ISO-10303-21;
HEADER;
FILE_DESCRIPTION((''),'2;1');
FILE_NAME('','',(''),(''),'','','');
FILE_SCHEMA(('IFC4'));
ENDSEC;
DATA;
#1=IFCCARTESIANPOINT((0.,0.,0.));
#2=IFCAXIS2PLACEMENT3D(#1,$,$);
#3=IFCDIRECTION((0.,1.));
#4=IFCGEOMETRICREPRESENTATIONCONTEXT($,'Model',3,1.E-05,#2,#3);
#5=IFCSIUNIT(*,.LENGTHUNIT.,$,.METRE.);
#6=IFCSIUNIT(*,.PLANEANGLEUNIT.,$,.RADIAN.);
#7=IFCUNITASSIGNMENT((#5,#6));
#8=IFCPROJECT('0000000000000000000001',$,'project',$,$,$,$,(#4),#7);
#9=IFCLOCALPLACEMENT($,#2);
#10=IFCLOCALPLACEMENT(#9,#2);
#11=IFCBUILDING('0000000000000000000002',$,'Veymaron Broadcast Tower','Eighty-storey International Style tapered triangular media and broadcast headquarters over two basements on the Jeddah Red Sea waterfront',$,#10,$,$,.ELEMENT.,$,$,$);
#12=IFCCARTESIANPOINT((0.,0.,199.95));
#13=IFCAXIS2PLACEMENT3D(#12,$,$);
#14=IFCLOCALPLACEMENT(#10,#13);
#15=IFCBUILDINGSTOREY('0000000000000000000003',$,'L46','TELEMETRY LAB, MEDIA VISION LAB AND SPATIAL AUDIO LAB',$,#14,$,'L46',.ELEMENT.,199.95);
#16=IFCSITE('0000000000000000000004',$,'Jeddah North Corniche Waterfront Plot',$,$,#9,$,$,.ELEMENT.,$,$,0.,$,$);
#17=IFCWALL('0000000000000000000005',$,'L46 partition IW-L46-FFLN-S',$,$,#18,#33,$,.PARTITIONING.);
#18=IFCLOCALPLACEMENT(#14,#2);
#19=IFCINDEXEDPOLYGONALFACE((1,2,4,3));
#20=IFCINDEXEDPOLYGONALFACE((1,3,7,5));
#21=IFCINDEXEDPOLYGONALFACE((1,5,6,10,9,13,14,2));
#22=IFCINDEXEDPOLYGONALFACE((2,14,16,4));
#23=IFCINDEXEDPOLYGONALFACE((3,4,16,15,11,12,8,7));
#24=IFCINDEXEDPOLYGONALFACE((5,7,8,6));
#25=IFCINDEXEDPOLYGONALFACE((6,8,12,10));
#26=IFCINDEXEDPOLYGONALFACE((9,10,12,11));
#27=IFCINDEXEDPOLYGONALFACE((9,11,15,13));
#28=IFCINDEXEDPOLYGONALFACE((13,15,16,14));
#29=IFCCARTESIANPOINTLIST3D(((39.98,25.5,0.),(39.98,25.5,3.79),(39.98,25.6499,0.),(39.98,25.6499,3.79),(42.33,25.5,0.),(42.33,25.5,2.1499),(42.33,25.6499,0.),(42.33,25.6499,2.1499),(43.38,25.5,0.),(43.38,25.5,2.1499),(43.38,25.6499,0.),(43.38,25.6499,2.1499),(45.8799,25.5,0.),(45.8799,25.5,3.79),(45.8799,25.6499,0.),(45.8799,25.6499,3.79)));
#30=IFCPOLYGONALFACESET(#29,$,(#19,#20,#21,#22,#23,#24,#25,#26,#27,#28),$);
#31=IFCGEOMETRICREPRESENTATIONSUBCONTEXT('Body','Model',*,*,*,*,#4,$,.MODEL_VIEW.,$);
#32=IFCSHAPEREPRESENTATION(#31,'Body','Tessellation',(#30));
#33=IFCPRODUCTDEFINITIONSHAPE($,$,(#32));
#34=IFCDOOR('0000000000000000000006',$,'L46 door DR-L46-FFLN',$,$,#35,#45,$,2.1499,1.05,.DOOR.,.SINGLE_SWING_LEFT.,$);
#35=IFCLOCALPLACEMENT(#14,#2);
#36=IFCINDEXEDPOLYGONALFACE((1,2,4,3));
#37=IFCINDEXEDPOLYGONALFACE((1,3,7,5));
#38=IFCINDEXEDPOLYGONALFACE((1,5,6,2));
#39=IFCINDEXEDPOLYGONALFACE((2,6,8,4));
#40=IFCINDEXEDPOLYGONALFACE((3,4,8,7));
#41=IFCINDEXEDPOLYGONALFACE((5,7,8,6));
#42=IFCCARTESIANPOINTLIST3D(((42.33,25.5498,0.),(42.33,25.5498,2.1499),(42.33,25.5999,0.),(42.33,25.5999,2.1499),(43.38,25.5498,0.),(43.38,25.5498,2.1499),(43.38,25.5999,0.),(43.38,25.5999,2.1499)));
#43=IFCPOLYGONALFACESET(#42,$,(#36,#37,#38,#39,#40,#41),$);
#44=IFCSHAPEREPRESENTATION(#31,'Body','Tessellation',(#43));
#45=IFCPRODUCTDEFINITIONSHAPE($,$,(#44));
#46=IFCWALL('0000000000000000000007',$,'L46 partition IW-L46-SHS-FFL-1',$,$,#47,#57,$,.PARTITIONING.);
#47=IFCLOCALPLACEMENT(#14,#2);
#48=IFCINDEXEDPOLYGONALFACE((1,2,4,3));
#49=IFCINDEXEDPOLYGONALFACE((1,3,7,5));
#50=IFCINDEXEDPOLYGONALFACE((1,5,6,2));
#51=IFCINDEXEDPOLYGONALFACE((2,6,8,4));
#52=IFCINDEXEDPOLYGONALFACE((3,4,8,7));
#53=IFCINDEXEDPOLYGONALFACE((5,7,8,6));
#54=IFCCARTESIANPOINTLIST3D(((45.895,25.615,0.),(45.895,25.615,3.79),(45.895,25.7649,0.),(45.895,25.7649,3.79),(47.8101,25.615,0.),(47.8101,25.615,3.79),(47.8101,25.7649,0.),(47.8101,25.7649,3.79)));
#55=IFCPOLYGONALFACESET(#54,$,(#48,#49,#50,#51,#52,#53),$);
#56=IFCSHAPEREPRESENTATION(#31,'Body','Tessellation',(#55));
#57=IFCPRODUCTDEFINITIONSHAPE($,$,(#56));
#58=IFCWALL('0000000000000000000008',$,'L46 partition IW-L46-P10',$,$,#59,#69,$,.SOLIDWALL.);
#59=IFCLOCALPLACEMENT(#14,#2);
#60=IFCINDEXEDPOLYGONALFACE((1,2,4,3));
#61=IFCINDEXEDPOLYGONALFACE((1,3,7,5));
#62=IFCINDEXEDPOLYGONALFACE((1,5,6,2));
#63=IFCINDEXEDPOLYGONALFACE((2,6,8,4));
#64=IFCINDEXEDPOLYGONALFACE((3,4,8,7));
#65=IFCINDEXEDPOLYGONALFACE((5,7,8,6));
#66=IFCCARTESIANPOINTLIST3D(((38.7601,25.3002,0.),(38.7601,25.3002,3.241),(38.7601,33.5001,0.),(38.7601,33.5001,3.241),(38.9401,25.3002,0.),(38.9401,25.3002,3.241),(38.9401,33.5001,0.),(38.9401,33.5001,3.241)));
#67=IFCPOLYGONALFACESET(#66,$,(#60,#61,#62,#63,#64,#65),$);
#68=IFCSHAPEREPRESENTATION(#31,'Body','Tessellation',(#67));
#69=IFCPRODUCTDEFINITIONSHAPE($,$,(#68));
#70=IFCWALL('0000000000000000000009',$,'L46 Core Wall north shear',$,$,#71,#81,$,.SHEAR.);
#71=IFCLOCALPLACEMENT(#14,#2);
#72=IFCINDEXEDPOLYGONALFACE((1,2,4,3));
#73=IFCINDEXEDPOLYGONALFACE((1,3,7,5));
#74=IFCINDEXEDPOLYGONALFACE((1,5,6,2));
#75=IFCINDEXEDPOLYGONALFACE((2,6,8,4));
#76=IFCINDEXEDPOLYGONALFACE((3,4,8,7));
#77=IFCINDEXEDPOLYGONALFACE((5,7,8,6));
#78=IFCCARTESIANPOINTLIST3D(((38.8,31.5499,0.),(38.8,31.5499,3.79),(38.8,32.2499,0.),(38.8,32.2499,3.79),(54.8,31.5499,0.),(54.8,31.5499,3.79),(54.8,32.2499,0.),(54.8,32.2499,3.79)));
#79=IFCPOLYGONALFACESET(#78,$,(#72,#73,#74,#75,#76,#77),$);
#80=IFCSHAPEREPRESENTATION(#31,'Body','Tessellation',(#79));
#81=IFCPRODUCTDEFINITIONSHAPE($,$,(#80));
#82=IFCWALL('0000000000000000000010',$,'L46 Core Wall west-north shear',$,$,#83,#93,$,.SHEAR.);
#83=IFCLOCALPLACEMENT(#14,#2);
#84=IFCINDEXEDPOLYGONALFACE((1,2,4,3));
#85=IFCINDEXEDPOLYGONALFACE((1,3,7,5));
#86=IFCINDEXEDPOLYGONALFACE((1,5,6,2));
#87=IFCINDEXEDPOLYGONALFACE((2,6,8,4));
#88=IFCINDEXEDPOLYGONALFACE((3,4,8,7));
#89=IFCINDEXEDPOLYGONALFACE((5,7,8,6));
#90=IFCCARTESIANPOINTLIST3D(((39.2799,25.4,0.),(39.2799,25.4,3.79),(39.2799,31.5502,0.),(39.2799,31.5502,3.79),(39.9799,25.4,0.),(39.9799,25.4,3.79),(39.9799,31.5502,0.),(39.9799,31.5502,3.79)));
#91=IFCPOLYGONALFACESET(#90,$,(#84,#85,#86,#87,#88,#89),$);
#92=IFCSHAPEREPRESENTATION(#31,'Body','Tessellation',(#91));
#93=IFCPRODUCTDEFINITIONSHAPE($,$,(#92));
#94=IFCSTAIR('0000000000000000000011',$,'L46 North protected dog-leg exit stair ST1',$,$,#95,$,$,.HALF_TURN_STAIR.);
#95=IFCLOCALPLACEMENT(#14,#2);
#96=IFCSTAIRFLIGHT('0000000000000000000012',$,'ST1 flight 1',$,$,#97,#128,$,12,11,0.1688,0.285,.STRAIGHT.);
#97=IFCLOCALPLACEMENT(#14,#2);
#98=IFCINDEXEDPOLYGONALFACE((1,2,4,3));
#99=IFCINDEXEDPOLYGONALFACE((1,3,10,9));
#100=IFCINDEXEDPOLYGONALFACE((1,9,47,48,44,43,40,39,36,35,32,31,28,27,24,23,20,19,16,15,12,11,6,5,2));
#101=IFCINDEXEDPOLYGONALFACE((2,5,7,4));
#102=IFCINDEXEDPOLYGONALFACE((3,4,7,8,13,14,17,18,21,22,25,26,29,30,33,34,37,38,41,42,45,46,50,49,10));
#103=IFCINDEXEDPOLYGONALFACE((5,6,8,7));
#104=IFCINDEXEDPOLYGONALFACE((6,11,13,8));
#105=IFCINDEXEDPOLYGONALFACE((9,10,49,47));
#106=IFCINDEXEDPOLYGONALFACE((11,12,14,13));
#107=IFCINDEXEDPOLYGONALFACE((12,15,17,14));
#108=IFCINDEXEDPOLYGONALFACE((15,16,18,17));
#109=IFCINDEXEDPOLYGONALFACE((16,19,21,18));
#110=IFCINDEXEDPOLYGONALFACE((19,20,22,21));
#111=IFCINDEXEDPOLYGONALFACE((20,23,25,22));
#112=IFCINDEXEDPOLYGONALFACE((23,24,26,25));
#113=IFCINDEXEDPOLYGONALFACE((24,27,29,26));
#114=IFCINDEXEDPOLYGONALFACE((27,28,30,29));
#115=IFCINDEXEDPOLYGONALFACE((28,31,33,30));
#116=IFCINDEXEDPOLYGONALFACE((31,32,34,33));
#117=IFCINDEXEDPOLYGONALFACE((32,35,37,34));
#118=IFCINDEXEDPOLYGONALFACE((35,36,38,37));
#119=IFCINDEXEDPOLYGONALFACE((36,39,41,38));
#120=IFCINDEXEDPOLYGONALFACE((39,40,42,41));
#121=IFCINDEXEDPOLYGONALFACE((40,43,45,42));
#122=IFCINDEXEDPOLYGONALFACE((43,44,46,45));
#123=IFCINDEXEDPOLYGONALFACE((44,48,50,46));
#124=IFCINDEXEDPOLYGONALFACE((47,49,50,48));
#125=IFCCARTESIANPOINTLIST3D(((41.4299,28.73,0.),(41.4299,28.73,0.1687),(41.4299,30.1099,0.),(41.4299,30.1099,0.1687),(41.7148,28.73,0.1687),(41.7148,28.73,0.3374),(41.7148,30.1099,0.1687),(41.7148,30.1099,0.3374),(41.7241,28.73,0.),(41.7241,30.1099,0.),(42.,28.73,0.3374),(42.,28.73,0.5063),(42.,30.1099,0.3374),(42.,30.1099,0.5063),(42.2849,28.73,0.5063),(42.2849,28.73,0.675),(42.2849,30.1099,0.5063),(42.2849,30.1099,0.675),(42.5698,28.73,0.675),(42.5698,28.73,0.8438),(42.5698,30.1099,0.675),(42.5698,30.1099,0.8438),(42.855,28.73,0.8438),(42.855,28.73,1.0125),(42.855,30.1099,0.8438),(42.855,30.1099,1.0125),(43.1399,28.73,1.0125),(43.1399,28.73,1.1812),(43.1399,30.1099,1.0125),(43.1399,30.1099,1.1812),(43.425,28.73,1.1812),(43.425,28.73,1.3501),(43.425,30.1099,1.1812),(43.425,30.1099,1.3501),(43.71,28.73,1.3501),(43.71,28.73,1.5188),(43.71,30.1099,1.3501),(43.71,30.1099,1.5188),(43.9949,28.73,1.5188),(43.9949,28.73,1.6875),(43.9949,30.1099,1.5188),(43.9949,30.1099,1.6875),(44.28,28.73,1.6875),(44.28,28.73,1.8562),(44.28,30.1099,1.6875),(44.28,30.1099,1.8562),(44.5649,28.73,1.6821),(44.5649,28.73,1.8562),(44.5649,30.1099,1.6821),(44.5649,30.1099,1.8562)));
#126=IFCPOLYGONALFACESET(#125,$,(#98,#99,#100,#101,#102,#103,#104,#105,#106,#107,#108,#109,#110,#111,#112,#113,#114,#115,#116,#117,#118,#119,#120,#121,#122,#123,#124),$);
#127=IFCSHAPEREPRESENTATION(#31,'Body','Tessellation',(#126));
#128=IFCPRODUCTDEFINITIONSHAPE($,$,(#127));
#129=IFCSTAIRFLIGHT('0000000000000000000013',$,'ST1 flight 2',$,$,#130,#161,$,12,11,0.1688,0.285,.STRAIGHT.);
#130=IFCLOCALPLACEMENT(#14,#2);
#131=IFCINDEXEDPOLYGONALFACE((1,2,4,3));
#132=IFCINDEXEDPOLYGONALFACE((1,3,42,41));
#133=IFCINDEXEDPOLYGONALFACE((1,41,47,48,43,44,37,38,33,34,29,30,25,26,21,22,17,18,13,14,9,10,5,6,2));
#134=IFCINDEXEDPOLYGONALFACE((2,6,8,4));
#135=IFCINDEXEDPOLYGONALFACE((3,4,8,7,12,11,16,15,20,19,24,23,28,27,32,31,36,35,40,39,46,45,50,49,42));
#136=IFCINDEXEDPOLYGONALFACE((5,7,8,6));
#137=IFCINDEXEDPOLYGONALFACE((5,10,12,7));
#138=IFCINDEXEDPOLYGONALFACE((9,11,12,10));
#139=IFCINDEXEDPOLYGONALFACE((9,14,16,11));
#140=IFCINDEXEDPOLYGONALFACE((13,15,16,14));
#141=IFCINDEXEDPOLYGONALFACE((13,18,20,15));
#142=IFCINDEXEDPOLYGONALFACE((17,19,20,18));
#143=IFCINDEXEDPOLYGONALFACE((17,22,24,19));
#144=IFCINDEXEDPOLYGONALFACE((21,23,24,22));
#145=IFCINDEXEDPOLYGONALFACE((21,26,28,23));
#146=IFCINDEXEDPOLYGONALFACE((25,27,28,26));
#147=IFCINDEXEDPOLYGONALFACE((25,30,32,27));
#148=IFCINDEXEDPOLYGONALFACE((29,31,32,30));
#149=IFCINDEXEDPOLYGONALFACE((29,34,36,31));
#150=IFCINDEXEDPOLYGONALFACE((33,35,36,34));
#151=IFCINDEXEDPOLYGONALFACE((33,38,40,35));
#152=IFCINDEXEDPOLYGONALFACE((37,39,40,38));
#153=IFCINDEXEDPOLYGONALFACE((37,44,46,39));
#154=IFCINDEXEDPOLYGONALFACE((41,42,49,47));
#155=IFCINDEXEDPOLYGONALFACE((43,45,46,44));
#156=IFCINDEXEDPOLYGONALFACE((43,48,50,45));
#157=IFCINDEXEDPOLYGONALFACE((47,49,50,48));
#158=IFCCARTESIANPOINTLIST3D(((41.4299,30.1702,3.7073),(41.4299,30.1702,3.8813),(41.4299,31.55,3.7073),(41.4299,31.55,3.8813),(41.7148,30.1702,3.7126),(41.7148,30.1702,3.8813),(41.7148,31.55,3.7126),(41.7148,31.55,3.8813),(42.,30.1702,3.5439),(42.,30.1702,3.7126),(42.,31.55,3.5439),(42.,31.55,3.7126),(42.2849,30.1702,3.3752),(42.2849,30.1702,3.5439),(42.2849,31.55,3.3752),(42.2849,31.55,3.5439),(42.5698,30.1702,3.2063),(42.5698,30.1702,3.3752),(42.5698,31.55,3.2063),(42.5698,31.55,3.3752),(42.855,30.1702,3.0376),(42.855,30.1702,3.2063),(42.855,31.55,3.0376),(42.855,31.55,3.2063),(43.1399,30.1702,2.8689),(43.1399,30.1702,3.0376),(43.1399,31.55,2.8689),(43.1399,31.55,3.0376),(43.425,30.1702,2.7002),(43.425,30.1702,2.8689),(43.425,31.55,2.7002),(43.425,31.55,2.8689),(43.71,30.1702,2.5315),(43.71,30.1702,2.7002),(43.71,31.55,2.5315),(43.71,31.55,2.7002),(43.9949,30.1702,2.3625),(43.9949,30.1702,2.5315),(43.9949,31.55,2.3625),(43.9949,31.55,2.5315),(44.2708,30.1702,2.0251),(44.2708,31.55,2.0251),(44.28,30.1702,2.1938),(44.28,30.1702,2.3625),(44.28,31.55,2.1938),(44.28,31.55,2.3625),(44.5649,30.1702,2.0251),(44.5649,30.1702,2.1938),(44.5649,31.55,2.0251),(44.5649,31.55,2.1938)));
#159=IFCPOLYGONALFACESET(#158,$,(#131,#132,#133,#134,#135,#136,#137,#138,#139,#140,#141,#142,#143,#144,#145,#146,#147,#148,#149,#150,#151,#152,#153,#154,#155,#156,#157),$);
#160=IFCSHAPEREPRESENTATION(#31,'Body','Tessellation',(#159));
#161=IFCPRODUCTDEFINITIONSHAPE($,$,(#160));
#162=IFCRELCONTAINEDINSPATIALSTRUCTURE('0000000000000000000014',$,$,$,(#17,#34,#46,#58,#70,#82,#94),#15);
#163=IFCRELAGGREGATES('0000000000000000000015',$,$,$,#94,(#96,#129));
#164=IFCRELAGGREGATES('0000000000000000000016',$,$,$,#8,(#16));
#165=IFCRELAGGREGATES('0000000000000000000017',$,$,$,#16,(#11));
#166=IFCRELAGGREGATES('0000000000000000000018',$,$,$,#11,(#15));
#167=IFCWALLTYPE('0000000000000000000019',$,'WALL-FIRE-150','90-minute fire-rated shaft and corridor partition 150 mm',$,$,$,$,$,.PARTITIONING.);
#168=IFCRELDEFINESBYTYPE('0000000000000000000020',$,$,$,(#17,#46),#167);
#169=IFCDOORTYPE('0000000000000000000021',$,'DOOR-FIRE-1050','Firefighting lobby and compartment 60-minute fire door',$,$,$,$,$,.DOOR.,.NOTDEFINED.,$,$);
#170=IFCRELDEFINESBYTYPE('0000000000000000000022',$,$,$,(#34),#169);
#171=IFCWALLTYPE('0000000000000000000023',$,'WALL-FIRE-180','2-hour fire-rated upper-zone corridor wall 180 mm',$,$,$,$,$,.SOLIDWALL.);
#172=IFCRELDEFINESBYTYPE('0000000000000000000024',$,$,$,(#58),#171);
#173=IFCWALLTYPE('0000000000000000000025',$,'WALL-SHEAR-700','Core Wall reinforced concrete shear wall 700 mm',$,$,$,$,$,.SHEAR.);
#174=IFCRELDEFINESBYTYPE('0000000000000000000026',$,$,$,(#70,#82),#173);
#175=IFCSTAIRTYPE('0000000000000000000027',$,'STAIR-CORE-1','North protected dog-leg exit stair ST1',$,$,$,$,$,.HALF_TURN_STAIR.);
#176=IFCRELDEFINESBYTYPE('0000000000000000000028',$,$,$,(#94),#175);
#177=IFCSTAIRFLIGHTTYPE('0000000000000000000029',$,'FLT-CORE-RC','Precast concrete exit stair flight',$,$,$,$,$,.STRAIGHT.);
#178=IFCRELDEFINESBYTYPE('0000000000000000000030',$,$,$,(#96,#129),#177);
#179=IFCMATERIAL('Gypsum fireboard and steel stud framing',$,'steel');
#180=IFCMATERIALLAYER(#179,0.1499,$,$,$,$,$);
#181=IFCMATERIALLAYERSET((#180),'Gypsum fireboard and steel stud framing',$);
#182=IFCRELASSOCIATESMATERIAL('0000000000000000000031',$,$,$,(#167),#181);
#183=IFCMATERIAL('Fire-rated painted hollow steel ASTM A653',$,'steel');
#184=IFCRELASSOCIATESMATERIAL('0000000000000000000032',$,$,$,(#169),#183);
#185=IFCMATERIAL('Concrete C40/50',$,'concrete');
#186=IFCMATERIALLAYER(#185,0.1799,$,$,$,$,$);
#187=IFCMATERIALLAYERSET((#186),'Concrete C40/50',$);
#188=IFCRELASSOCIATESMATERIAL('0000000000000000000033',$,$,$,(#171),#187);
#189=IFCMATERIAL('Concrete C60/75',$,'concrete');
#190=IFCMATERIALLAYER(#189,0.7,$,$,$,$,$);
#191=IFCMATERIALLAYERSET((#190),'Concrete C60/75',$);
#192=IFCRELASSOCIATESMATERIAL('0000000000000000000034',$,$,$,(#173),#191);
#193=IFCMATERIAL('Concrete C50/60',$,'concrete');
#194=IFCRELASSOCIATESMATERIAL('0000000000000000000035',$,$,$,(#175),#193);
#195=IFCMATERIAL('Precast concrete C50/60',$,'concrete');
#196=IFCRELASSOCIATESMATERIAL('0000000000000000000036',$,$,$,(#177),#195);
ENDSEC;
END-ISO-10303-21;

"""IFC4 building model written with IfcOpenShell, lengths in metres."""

from ifc_helpers import new_model, si_unit, direction, frame, frame_2d, origin, place, context, subcontext, project, spatial, polyline, rectangle, outline, extrude, material, layer, layer_set, type_object, element, fill, aggregate, save


model = new_model("IFC4")

# Units and contexts
model_context = context("Model", 3, precision=1e-05, world=origin(), true_north=direction((0.0, 1.0)))
body_context = subcontext(model_context, "Body", "Model", "MODEL_VIEW")
ifc_project = project(units=[si_unit("LENGTHUNIT", "METRE"), si_unit("PLANEANGLEUNIT", "RADIAN")], contexts=[model_context])

# Site, building, storey
site_placement = place(None, origin())
site = spatial("IfcSite", under=ifc_project, at=site_placement, Name="Jeddah North Corniche Waterfront Plot", CompositionType="ELEMENT", RefElevation=0.0)
building_placement = place(site_placement, origin())
building = spatial("IfcBuilding", under=site, at=building_placement, Name="Veymaron Broadcast Tower", Description="Eighty-storey International Style tapered triangular media and broadcast headquarters over two basements on the Jeddah Red Sea waterfront", CompositionType="ELEMENT")
storey_placement = place(building_placement, frame((0.0, 0.0, 199.95)))
storey = spatial("IfcBuildingStorey", under=building, at=storey_placement, Name="L46", Description="TELEMETRY LAB, MEDIA VISION LAB AND SPATIAL AUDIO LAB", LongName="L46", CompositionType="ELEMENT", Elevation=199.95)

# Wall, opening, door
ifc_material_1 = material(Name="Gypsum fireboard and steel stud framing", Category="steel")
ifc_layer_1 = layer(ifc_material_1, 0.1499)
ifc_layer_set_1 = layer_set([ifc_layer_1], Name="Gypsum fireboard and steel stud framing")
wall_type_1 = type_object("IfcWallType", Name="WALL-FIRE-150", Description="90-minute fire-rated shaft and corridor partition 150 mm", PredefinedType="PARTITIONING", material=ifc_layer_set_1)
wall_1_placement = place(storey_placement, frame((39.98, 25.575, 0.0), z_axis=(0.0, 0.0, 1.0), x_axis=(1.0, 0.0, 0.0)))
wall_1 = element("IfcWall", 1, at=wall_1_placement, inside=storey, type_object=wall_type_1, Name="L46 partition IW-L46-FFLN-S", PredefinedType="PARTITIONING", context=body_context, shape_type="SweptSolid", body=[
    extrude(rectangle(XDim=5.8999, YDim=0.1499, at=frame_2d((2.95, 0.0))), origin(), (0.0, 0.0, 1.0), 3.79),
])
opening_1_placement = place(wall_1_placement, frame((2.3501, 0.0, 0.0)))
opening_1 = element("IfcOpeningElement", 2, at=opening_1_placement, cuts=wall_1, PredefinedType="OPENING", context=body_context, shape_type="SweptSolid", body=[
    extrude(rectangle(XDim=1.05, YDim=2.1499, at=frame_2d((0.5249, 1.075))), frame((0.0, 0.085, 0.0), z_axis=(0.0, -1.0, 0.0), x_axis=(1.0, 0.0, 0.0)), (0.0, 0.0, 1.0), 0.1699),
])
ifc_material_2 = material(Name="Fire-rated painted hollow steel ASTM A653", Category="steel")
door_type_1 = type_object("IfcDoorType", Name="DOOR-FIRE-1050", Description="Firefighting lobby and compartment 60-minute fire door", OperationType="NOTDEFINED", PredefinedType="DOOR", material=ifc_material_2)
door_1_placement = place(opening_1_placement, origin())
door_1 = element("IfcDoor", 3, at=door_1_placement, inside=storey, type_object=door_type_1, Name="L46 door DR-L46-FFLN", OperationType="SINGLE_SWING_LEFT", OverallHeight=2.1499, OverallWidth=1.05, PredefinedType="DOOR", context=body_context, shape_type="SweptSolid", body=[
    extrude(rectangle(XDim=1.05, YDim=2.1499, at=frame_2d((0.5249, 1.075))), frame((0.0, 0.0249, 0.0), z_axis=(0.0, -1.0, 0.0), x_axis=(1.0, 0.0, 0.0)), (0.0, 0.0, 1.0), 0.05),
])
fill(opening_1, door_1)

# Walls
wall_2_placement = place(storey_placement, frame((45.895, 25.6899, 0.0), z_axis=(0.0, 0.0, 1.0), x_axis=(1.0, 0.0, 0.0)))
element("IfcWall", 4, at=wall_2_placement, inside=storey, type_object=wall_type_1, Name="L46 partition IW-L46-SHS-FFL-1", PredefinedType="PARTITIONING", context=body_context, shape_type="SweptSolid", body=[
    extrude(rectangle(XDim=1.915, YDim=0.1499, at=frame_2d((0.9575, 0.0))), origin(), (0.0, 0.0, 1.0), 3.79),
])
ifc_material_3 = material(Name="Concrete C40/50", Category="concrete")
ifc_layer_2 = layer(ifc_material_3, 0.1799)
ifc_layer_set_2 = layer_set([ifc_layer_2], Name="Concrete C40/50")
wall_type_2 = type_object("IfcWallType", Name="WALL-FIRE-180", Description="2-hour fire-rated upper-zone corridor wall 180 mm", PredefinedType="SOLIDWALL", material=ifc_layer_set_2)
wall_3_placement = place(storey_placement, frame((38.8501, 25.3, 0.0), z_axis=(0.0, 0.0, 1.0), x_axis=(0.0, 1.0, 0.0)))
element("IfcWall", 5, at=wall_3_placement, inside=storey, type_object=wall_type_2, Name="L46 partition IW-L46-P10", PredefinedType="SOLIDWALL", context=body_context, shape_type="SweptSolid", body=[
    extrude(rectangle(XDim=8.2, YDim=0.1799, at=frame_2d((4.1001, 0.0))), origin(), (0.0, 0.0, 1.0), 3.241),
])

# Shared definitions
ifc_material_4 = material(Name="Concrete C50/60", Category="concrete")

# Walls
ifc_material_5 = material(Name="Concrete C60/75", Category="concrete")
ifc_layer_3 = layer(ifc_material_5, 0.7)
ifc_layer_set_3 = layer_set([ifc_layer_3], Name="Concrete C60/75")
wall_type_3 = type_object("IfcWallType", Name="WALL-SHEAR-700", Description="Core Wall reinforced concrete shear wall 700 mm", PredefinedType="SHEAR", material=ifc_layer_set_3)
wall_4_placement = place(storey_placement, frame((38.8, 31.8999, 0.0), z_axis=(0.0, 0.0, 1.0), x_axis=(1.0, 0.0, 0.0)))
element("IfcWall", 6, at=wall_4_placement, inside=storey, type_object=wall_type_3, Name="L46 Core Wall north shear", PredefinedType="SHEAR", context=body_context, shape_type="SweptSolid", body=[
    extrude(rectangle(XDim=16.0, YDim=0.7, at=frame_2d((8.0, 0.0))), origin(), (0.0, 0.0, 1.0), 3.79),
])
wall_5_placement = place(storey_placement, frame((39.6299, 25.3999, 0.0), z_axis=(0.0, 0.0, 1.0), x_axis=(0.0, 1.0, 0.0)))
element("IfcWall", 7, at=wall_5_placement, inside=storey, type_object=wall_type_3, Name="L46 Core Wall west-north shear", PredefinedType="SHEAR", context=body_context, shape_type="SweptSolid", body=[
    extrude(rectangle(XDim=6.1501, YDim=0.7, at=frame_2d((3.0752, 0.0))), origin(), (0.0, 0.0, 1.0), 3.79),
])

# Stair, stair flights
stair_type = type_object("IfcStairType", Name="STAIR-CORE-1", Description="North protected dog-leg exit stair ST1", PredefinedType="HALF_TURN_STAIR", material=ifc_material_4)
stair_placement = place(storey_placement, origin())
stair = element("IfcStair", 8, at=stair_placement, inside=storey, type_object=stair_type, Name="L46 North protected dog-leg exit stair ST1", PredefinedType="HALF_TURN_STAIR")
ifc_material_6 = material(Name="Precast concrete C50/60", Category="concrete")
stair_flight_type = type_object("IfcStairFlightType", Name="FLT-CORE-RC", Description="Precast concrete exit stair flight", PredefinedType="STRAIGHT", material=ifc_material_6)
stair_flight_1_placement = place(storey_placement, frame((41.4299, 29.4199, 0.0), z_axis=(0.0, 0.0, 1.0), x_axis=(1.0, 0.0, 0.0)))
stair_flight_1 = element("IfcStairFlight", 9, at=stair_flight_1_placement, type_object=stair_flight_type, Name="ST1 flight 1", NumberOfRisers=12, NumberOfTreads=11, PredefinedType="STRAIGHT", RiserHeight=0.1688, TreadLength=0.285, context=body_context, shape_type="SweptSolid", body=[
    extrude(outline(polyline([(0.0, 0.0), (0.0, 0.1687), (0.2849, 0.1687), (0.2849, 0.3374), (0.5701, 0.3374), (0.5701, 0.5063), (0.855, 0.5063), (0.855, 0.675), (1.1399, 0.675), (1.1399, 0.8438), (1.425, 0.8438), (1.425, 1.0125), (1.71, 1.0125), (1.71, 1.1812), (1.9951, 1.1812), (1.9951, 1.3501), (2.28, 1.3501), (2.28, 1.5188), (2.5649, 1.5188), (2.5649, 1.6875), (2.8501, 1.6875), (2.8501, 1.8562), (3.135, 1.8562), (3.135, 2.0249), (3.135, 1.6821), (0.2942, 0.0), (0.0, 0.0)])), frame((0.0, 0.6899, 0.0), z_axis=(0.0, -1.0, 0.0), x_axis=(1.0, 0.0, 0.0)), (0.0, 0.0, 1.0), 1.3799),
])
stair_flight_2_placement = place(storey_placement, frame((44.5649, 30.8601, 2.0251), z_axis=(0.0, 0.0, 1.0), x_axis=(-1.0, 0.0, 0.0)))
stair_flight_2 = element("IfcStairFlight", 10, at=stair_flight_2_placement, type_object=stair_flight_type, Name="ST1 flight 2", NumberOfRisers=12, NumberOfTreads=11, PredefinedType="STRAIGHT", RiserHeight=0.1688, TreadLength=0.285, context=body_context, shape_type="SweptSolid", body=[
    extrude(outline(polyline([(0.0, 0.0), (0.0, 0.1687), (0.2849, 0.1687), (0.2849, 0.3374), (0.5701, 0.3374), (0.5701, 0.5063), (0.855, 0.5063), (0.855, 0.675), (1.1399, 0.675), (1.1399, 0.8438), (1.425, 0.8438), (1.425, 1.0125), (1.71, 1.0125), (1.71, 1.1812), (1.9951, 1.1812), (1.9951, 1.3501), (2.28, 1.3501), (2.28, 1.5188), (2.5649, 1.5188), (2.5649, 1.6875), (2.8501, 1.6875), (2.8501, 1.8562), (3.135, 1.8562), (3.135, 2.0249), (3.135, 1.6821), (0.2942, 0.0), (0.0, 0.0)])), frame((0.0, 0.6899, 0.0), z_axis=(0.0, -1.0, 0.0), x_axis=(1.0, 0.0, 0.0)), (0.0, 0.0, 1.0), 1.3799),
])
aggregate(stair, [stair_flight_1, stair_flight_2])

save(model, "model.ifc")
